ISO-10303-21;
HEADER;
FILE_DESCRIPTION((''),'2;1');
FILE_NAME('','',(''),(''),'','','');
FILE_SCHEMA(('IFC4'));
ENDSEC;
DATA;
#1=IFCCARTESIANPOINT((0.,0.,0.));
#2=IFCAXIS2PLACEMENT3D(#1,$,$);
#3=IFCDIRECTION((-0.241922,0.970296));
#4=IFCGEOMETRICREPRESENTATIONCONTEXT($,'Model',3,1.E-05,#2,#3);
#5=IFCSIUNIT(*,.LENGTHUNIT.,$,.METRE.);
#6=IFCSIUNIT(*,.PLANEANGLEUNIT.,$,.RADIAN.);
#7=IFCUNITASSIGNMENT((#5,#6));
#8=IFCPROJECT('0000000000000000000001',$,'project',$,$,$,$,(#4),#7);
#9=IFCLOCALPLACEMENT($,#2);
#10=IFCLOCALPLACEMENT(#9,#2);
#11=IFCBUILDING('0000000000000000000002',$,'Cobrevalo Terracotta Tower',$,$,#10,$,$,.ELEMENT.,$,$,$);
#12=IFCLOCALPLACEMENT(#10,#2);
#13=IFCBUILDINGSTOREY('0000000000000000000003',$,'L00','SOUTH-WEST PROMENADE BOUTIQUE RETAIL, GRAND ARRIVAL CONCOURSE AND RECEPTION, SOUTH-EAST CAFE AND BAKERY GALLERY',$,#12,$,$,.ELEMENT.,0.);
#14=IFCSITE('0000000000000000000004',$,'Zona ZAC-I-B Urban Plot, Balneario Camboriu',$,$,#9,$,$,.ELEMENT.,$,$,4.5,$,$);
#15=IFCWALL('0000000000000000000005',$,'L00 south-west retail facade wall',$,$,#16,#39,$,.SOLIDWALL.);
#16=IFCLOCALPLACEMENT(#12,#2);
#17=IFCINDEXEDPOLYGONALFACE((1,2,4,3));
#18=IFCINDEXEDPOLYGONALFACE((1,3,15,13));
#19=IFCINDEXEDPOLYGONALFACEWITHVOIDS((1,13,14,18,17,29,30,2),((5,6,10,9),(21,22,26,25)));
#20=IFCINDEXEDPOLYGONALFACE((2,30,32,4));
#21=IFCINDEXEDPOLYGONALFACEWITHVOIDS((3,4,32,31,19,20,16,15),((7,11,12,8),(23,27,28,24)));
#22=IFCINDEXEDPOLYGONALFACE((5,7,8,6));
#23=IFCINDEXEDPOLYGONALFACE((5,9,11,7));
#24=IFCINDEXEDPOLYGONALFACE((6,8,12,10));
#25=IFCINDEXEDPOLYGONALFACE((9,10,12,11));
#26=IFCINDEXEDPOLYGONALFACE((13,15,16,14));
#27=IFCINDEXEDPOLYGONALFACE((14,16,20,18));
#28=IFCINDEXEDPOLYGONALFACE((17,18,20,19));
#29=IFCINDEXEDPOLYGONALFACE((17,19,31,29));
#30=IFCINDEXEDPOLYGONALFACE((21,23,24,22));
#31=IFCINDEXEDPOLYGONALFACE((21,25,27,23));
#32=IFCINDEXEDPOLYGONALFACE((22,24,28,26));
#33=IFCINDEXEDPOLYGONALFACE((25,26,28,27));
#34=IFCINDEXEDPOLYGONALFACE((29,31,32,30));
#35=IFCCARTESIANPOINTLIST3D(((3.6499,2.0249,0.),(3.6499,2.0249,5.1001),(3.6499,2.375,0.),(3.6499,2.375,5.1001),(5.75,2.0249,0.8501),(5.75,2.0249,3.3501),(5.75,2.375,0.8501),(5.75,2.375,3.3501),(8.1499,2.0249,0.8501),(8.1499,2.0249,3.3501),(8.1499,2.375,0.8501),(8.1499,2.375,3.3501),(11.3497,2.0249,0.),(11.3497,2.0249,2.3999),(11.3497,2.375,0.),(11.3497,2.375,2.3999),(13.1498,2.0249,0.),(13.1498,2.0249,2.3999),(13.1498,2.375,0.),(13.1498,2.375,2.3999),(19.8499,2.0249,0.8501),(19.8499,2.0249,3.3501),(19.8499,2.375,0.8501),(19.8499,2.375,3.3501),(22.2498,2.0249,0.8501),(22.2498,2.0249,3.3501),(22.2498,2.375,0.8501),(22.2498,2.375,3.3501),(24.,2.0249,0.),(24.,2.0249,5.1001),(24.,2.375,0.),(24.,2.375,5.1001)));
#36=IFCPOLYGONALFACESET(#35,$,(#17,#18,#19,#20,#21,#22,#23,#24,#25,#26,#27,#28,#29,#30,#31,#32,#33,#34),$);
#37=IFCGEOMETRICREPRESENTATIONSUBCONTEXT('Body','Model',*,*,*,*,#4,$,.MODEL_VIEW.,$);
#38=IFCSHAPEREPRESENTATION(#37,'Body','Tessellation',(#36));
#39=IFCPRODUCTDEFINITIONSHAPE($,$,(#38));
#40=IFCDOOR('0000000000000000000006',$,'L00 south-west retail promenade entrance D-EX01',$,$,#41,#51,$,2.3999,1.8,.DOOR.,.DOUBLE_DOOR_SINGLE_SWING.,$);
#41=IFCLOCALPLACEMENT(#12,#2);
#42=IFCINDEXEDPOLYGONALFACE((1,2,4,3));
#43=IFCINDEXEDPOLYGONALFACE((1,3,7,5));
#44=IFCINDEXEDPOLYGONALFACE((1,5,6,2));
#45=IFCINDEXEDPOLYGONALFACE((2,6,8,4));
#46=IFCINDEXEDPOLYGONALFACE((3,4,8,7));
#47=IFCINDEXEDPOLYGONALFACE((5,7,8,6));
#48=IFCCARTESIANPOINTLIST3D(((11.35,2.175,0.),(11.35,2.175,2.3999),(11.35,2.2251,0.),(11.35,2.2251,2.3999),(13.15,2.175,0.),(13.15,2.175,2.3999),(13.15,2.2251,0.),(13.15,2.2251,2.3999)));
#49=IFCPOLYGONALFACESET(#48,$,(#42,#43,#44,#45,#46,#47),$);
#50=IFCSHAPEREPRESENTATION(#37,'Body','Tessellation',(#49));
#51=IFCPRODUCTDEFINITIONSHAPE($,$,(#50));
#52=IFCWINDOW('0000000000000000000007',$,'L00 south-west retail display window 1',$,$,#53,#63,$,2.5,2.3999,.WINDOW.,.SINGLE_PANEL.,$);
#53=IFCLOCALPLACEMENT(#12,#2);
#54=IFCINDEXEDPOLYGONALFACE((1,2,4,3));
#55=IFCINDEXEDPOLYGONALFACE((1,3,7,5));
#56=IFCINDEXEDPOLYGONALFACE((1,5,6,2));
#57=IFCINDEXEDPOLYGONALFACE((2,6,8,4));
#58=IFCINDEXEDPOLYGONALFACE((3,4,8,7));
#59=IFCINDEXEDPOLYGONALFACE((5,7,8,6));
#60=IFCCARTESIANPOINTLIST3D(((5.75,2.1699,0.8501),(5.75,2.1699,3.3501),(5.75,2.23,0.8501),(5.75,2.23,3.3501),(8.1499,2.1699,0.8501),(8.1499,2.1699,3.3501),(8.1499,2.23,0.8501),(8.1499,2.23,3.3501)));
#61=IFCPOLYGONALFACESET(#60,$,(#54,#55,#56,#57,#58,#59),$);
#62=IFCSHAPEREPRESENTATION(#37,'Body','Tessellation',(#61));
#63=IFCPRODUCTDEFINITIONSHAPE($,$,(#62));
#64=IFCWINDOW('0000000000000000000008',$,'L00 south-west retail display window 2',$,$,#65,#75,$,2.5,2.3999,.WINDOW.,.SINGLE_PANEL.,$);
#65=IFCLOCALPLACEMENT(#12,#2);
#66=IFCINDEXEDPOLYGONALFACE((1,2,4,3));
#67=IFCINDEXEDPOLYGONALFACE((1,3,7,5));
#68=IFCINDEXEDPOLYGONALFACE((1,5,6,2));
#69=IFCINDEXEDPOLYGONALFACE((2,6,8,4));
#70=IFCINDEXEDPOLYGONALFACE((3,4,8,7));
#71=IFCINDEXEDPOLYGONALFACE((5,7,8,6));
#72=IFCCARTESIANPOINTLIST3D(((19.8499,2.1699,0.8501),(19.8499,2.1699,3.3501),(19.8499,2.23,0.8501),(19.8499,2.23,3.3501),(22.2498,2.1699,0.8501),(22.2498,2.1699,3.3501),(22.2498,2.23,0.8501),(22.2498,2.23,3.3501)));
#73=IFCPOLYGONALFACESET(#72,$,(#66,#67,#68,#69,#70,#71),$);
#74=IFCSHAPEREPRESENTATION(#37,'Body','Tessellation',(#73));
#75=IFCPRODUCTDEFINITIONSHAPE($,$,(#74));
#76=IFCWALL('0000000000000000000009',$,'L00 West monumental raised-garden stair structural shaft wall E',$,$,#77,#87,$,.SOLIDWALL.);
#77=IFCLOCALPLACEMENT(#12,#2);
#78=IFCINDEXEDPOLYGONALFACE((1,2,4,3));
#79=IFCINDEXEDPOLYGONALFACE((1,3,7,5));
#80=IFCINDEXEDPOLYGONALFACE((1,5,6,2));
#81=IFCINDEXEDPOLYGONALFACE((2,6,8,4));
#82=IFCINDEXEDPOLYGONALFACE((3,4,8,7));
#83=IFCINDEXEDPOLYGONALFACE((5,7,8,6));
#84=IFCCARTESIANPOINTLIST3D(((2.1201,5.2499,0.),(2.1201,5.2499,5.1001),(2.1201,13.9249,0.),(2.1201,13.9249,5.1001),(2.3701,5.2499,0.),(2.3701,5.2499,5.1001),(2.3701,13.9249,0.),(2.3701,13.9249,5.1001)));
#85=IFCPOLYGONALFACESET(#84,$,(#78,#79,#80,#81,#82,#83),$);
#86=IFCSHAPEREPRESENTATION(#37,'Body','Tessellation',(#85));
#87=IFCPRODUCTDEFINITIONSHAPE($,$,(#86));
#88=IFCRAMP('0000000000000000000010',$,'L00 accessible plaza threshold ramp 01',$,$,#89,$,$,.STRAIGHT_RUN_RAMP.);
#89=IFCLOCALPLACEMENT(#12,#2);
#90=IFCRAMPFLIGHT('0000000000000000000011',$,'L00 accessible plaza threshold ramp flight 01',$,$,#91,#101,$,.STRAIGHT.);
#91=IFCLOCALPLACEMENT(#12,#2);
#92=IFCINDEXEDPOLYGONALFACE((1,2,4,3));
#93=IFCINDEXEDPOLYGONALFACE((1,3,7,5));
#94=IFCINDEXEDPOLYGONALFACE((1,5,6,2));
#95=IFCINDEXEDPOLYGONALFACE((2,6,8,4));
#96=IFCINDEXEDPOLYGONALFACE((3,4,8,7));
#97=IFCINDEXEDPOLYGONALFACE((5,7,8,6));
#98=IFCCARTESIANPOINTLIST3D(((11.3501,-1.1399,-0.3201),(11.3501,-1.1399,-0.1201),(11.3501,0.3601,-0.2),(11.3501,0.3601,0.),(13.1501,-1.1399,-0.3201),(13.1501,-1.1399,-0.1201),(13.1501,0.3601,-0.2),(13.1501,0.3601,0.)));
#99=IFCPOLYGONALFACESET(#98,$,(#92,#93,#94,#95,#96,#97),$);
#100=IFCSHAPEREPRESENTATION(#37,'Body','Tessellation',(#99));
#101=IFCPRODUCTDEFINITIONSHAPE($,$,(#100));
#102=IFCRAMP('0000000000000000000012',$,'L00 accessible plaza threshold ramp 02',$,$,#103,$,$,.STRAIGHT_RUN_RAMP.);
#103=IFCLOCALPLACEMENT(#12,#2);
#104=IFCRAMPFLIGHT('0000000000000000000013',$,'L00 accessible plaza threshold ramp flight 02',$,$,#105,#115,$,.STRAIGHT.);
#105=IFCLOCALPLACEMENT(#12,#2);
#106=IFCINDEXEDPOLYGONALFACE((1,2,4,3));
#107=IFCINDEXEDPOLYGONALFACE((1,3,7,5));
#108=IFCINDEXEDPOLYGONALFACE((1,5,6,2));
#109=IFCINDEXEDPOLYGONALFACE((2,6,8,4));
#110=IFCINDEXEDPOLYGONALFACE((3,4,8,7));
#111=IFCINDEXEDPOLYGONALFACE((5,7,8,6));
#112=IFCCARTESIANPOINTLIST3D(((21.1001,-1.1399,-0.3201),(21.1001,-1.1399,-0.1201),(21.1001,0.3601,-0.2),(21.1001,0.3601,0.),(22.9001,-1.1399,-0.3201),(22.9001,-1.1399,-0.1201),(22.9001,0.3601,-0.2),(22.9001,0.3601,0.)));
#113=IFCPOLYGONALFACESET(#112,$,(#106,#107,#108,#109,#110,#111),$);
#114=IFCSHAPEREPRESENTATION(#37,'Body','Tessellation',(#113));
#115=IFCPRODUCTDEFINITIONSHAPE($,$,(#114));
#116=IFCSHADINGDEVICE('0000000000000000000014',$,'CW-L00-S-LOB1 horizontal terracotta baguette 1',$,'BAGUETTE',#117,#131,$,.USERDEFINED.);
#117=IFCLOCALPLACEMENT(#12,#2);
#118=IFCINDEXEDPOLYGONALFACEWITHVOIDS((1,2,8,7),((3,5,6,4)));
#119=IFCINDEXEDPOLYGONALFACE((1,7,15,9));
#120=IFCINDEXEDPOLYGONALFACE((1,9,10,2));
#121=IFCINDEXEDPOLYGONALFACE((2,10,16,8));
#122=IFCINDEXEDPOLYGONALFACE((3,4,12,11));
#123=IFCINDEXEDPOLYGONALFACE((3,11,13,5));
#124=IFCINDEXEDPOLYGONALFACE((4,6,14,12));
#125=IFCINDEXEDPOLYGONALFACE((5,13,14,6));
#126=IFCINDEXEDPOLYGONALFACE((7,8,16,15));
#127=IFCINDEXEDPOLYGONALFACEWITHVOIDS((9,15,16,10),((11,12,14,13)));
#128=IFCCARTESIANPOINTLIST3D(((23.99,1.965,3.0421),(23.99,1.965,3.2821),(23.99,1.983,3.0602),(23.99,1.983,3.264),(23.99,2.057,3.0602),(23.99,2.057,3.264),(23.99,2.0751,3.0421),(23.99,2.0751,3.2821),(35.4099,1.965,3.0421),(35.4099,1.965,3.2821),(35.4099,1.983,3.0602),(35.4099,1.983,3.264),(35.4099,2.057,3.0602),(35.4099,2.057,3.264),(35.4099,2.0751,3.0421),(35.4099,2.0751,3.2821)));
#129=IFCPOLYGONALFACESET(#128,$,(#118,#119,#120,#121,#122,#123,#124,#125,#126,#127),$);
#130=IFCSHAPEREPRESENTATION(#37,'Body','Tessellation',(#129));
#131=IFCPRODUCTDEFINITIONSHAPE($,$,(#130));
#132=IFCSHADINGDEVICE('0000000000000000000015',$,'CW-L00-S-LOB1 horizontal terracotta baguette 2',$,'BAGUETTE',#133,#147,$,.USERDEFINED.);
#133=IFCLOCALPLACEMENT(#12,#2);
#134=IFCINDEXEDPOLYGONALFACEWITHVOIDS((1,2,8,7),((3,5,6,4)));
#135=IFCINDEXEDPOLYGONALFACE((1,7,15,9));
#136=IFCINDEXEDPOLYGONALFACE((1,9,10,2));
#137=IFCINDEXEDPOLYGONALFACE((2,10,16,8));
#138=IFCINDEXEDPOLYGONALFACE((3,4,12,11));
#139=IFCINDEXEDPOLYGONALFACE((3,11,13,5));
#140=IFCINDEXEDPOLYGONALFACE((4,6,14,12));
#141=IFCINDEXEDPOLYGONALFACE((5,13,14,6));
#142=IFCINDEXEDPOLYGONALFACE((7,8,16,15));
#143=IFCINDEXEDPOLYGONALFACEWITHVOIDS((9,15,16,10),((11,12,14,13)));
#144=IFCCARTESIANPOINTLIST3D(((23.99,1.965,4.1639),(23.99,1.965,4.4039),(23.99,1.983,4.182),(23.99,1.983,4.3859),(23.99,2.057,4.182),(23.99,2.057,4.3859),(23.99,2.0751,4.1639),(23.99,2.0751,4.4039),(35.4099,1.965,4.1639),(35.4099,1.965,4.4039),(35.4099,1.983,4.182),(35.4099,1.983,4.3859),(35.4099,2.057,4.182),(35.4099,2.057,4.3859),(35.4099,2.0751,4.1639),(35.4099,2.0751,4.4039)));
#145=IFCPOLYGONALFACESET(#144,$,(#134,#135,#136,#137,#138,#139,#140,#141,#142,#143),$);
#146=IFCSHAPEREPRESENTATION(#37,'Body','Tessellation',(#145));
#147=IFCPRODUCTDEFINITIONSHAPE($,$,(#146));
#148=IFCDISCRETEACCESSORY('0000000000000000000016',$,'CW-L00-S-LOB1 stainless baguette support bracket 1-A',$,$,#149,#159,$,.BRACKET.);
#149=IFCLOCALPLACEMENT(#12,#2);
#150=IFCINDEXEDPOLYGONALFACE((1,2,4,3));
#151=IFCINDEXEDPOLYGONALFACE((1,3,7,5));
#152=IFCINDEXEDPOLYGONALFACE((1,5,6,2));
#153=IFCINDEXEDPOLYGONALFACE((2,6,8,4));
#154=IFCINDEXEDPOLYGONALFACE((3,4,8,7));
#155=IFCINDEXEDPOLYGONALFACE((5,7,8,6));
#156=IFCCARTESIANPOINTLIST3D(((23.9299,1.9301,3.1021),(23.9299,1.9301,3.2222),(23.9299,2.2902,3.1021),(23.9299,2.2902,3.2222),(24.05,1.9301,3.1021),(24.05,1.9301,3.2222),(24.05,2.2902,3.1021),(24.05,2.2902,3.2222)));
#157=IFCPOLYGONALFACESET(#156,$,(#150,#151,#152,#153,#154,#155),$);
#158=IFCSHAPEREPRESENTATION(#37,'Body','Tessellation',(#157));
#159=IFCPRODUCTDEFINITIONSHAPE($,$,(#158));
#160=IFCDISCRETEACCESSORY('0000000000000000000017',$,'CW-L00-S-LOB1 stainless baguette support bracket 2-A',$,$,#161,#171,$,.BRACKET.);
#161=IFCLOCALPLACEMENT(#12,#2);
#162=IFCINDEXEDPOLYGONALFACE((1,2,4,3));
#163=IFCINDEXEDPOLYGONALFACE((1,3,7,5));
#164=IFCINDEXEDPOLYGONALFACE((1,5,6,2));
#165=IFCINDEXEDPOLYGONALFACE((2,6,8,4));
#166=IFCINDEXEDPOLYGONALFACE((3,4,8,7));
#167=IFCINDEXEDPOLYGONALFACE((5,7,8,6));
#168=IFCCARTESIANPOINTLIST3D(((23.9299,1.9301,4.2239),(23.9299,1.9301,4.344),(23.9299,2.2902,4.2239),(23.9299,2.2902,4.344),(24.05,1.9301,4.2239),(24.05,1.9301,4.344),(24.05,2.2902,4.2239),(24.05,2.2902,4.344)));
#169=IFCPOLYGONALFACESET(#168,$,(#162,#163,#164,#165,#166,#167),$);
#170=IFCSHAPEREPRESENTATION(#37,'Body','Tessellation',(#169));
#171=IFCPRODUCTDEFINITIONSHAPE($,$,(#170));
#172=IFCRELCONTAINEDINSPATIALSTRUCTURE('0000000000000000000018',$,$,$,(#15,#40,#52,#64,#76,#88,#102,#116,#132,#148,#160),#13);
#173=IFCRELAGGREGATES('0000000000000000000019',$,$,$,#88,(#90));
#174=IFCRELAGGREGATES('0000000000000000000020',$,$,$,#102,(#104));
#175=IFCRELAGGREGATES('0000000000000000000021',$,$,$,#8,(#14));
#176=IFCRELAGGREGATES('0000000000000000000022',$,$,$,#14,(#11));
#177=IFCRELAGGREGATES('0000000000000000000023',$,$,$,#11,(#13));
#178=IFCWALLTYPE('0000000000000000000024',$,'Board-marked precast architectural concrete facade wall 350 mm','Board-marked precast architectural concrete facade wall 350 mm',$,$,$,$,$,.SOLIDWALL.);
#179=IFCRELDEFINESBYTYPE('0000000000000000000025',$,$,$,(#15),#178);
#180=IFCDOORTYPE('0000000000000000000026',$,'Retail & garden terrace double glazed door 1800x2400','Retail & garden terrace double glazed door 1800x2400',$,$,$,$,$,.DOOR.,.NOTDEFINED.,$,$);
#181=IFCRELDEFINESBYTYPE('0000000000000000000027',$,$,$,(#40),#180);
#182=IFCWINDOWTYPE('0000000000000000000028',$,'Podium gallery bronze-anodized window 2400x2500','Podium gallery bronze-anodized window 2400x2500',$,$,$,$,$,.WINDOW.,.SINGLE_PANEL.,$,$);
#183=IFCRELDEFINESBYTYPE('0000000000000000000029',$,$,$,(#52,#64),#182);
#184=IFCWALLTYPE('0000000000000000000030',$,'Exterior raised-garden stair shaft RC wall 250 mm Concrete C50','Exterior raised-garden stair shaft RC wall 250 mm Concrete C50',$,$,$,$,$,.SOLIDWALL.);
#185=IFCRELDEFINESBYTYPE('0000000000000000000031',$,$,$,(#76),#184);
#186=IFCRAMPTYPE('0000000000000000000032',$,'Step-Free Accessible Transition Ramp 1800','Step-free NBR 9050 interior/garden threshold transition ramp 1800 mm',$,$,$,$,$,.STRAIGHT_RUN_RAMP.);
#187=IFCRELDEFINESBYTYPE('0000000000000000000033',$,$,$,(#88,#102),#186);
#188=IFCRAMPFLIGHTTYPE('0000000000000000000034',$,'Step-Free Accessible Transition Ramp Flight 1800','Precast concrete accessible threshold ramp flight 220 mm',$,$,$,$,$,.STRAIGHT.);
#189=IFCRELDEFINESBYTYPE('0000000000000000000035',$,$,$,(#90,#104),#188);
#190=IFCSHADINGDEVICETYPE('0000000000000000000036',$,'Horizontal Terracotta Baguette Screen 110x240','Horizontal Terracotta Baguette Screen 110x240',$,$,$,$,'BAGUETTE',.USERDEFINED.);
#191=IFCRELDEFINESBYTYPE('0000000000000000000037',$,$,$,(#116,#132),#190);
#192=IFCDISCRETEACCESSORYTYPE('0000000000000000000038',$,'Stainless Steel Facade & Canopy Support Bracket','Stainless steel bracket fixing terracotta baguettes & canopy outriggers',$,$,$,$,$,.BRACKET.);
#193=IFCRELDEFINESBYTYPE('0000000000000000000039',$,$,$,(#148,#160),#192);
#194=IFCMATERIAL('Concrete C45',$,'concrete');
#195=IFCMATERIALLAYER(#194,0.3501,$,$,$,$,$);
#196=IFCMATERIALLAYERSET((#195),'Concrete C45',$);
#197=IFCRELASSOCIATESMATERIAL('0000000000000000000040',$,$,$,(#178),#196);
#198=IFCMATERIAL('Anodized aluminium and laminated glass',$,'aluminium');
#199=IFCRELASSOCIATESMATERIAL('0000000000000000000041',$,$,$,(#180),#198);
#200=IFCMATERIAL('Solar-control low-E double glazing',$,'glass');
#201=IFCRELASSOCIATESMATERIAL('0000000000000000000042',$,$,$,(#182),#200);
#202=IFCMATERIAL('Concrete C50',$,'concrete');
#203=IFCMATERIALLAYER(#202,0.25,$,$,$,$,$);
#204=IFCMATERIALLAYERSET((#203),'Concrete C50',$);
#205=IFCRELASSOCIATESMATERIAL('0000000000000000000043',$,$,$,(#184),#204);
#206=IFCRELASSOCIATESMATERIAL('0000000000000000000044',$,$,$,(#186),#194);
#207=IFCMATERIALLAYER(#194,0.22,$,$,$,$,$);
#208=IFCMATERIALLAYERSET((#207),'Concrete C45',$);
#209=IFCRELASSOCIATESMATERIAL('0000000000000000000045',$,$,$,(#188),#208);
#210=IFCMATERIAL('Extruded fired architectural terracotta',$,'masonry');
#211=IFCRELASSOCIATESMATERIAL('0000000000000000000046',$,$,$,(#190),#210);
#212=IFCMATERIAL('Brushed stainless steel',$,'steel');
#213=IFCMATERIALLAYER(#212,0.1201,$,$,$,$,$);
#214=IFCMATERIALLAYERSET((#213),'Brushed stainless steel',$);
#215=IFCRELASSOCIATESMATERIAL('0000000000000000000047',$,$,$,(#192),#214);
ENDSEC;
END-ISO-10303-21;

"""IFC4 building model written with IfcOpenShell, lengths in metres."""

from ifc_helpers import new_model, si_unit, direction, frame, frame_2d, origin, origin_2d, place, context, subcontext, project, spatial, polyline, rectangle, hollow_rectangle, outline, extrude, source, transform, mapped, material, layer, layer_set, material_profile, profile_set, type_object, element, fill, aggregate, save


model = new_model("IFC4")

# Units and contexts
model_context = context("Model", 3, precision=1e-05, world=origin(), true_north=direction((-0.241922, 0.970296)))
body_context = subcontext(model_context, "Body", "Model", "MODEL_VIEW")
ifc_project = project(units=[si_unit("LENGTHUNIT", "METRE"), si_unit("PLANEANGLEUNIT", "RADIAN")], contexts=[model_context])

# Site, building, storey
site_placement = place(None, origin())
site = spatial("IfcSite", under=ifc_project, at=site_placement, Name="Zona ZAC-I-B Urban Plot, Balneario Camboriu", CompositionType="ELEMENT", RefElevation=4.5)
building_placement = place(site_placement, origin())
building = spatial("IfcBuilding", under=site, at=building_placement, Name="Cobrevalo Terracotta Tower", CompositionType="ELEMENT")
storey_placement = place(building_placement, origin())
storey = spatial("IfcBuildingStorey", under=building, at=storey_placement, Name="L00", Description="SOUTH-WEST PROMENADE BOUTIQUE RETAIL, GRAND ARRIVAL CONCOURSE AND RECEPTION, SOUTH-EAST CAFE AND BAKERY GALLERY", CompositionType="ELEMENT", Elevation=0.0)

# Shared definitions
ifc_material_1 = material(Name="Concrete C50", Category="concrete")

# Wall, openings, door, windows
ifc_material_2 = material(Name="Concrete C45", Category="concrete")
ifc_layer_1 = layer(ifc_material_2, 0.3501)
ifc_layer_set_1 = layer_set([ifc_layer_1], Name="Concrete C45")
wall_type_1 = type_object("IfcWallType", Name="Board-marked precast architectural concrete facade wall 350 mm", Description="Board-marked precast architectural concrete facade wall 350 mm", PredefinedType="SOLIDWALL", material=ifc_layer_set_1)
wall_1_placement = place(storey_placement, frame((3.6499, 2.2, 0.0), z_axis=(0.0, 0.0, 1.0), x_axis=(1.0, 0.0, 0.0)))
wall_1 = element("IfcWall", 1, at=wall_1_placement, inside=storey, type_object=wall_type_1, Name="L00 south-west retail facade wall", PredefinedType="SOLIDWALL", context=body_context, shape_type="SweptSolid", body=[
    extrude(rectangle(XDim=20.3501, YDim=0.3501, at=frame_2d((10.175, 0.0))), origin(), (0.0, 0.0, 1.0), 5.1001),
])
opening_1_placement = place(wall_1_placement, frame((7.7, 0.0, 0.0)))
opening_1 = element("IfcOpeningElement", 2, at=opening_1_placement, cuts=wall_1, PredefinedType="OPENING", context=body_context, shape_type="SweptSolid", body=[
    extrude(rectangle(XDim=1.8, YDim=2.3999, at=frame_2d((0.8999, 1.2))), frame((0.0, 0.1851, 0.0), z_axis=(0.0, -1.0, 0.0), x_axis=(1.0, 0.0, 0.0)), (0.0, 0.0, 1.0), 0.3701),
])
opening_2_placement = place(wall_1_placement, frame((2.1001, 0.0, 0.8501)))
opening_2 = element("IfcOpeningElement", 3, at=opening_2_placement, cuts=wall_1, PredefinedType="OPENING", context=body_context, shape_type="SweptSolid", body=[
    extrude(rectangle(XDim=2.3999, YDim=2.5, at=frame_2d((1.2, 1.25))), frame((0.0, 0.1851, 0.0), z_axis=(0.0, -1.0, 0.0), x_axis=(1.0, 0.0, 0.0)), (0.0, 0.0, 1.0), 0.3701),
])
opening_3_placement = place(wall_1_placement, frame((16.2, 0.0, 0.8501)))
opening_3 = element("IfcOpeningElement", 4, at=opening_3_placement, cuts=wall_1, PredefinedType="OPENING", context=body_context, shape_type="SweptSolid", body=[
    extrude(rectangle(XDim=2.3999, YDim=2.5, at=frame_2d((1.2, 1.25))), frame((0.0, 0.1851, 0.0), z_axis=(0.0, -1.0, 0.0), x_axis=(1.0, 0.0, 0.0)), (0.0, 0.0, 1.0), 0.3701),
])
ifc_material_3 = material(Name="Anodized aluminium and laminated glass", Category="aluminium")
door_type = type_object("IfcDoorType", Name="Retail & garden terrace double glazed door 1800x2400", Description="Retail & garden terrace double glazed door 1800x2400", OperationType="NOTDEFINED", PredefinedType="DOOR", material=ifc_material_3)
shared_shape_1 = source(origin(), body_context, "Body", "SweptSolid", [
    extrude(rectangle(XDim=1.8, YDim=2.3999, at=frame_2d((0.8999, 1.2))), frame((0.0, 0.0249, 0.0), z_axis=(0.0, -1.0, 0.0), x_axis=(1.0, 0.0, 0.0)), (0.0, 0.0, 1.0), 0.05),
])
door_placement = place(opening_1_placement, frame((1.8, 0.0, 0.0), z_axis=(0.0, 0.0, 1.0), x_axis=(-1.0, 0.0, 0.0)))
door = element("IfcDoor", 5, at=door_placement, inside=storey, type_object=door_type, Name="L00 south-west retail promenade entrance D-EX01", OperationType="DOUBLE_DOOR_SINGLE_SWING", OverallHeight=2.3999, OverallWidth=1.8, PredefinedType="DOOR", context=body_context, shape_type="MappedRepresentation", body=[
    mapped(shared_shape_1, transform((0.0, 0.0, 0.0), scale=1.0)),
])
fill(opening_1, door)
ifc_material_4 = material(Name="Solar-control low-E double glazing", Category="glass")
window_type = type_object("IfcWindowType", Name="Podium gallery bronze-anodized window 2400x2500", Description="Podium gallery bronze-anodized window 2400x2500", PartitioningType="SINGLE_PANEL", PredefinedType="WINDOW", material=ifc_material_4)
shared_shape_2 = source(origin(), body_context, "Body", "SweptSolid", [
    extrude(rectangle(XDim=2.3999, YDim=2.5, at=frame_2d((1.2, 1.25))), frame((0.0, 0.03, 0.0), z_axis=(0.0, -1.0, 0.0), x_axis=(1.0, 0.0, 0.0)), (0.0, 0.0, 1.0), 0.0601),
])
window_1_placement = place(opening_2_placement, origin())
window_1 = element("IfcWindow", 6, at=window_1_placement, inside=storey, type_object=window_type, Name="L00 south-west retail display window 1", OverallHeight=2.5, OverallWidth=2.3999, PartitioningType="SINGLE_PANEL", PredefinedType="WINDOW", context=body_context, shape_type="MappedRepresentation", body=[
    mapped(shared_shape_2, transform((0.0, 0.0, 0.0), scale=1.0)),
])
fill(opening_2, window_1)
window_2_placement = place(opening_3_placement, origin())
window_2 = element("IfcWindow", 7, at=window_2_placement, inside=storey, type_object=window_type, Name="L00 south-west retail display window 2", OverallHeight=2.5, OverallWidth=2.3999, PartitioningType="SINGLE_PANEL", PredefinedType="WINDOW", context=body_context, shape_type="MappedRepresentation", body=[
    mapped(shared_shape_2, transform((0.0, 0.0, 0.0), scale=1.0)),
])
fill(opening_3, window_2)

# Wall
ifc_layer_2 = layer(ifc_material_1, 0.25)
ifc_layer_set_2 = layer_set([ifc_layer_2], Name="Concrete C50")
wall_type_2 = type_object("IfcWallType", Name="Exterior raised-garden stair shaft RC wall 250 mm Concrete C50", Description="Exterior raised-garden stair shaft RC wall 250 mm Concrete C50", PredefinedType="SOLIDWALL", material=ifc_layer_set_2)
wall_2_placement = place(storey_placement, frame((2.2451, 5.25, 0.0), z_axis=(0.0, 0.0, 1.0), x_axis=(0.0, 1.0, 0.0)))
element("IfcWall", 8, at=wall_2_placement, inside=storey, type_object=wall_type_2, Name="L00 West monumental raised-garden stair structural shaft wall E", PredefinedType="SOLIDWALL", context=body_context, shape_type="SweptSolid", body=[
    extrude(rectangle(XDim=8.675, YDim=0.25, at=frame_2d((4.3374, 0.0))), origin(), (0.0, 0.0, 1.0), 5.1001),
])

# Ramps, ramp flights
ramp_type = type_object("IfcRampType", Name="Step-Free Accessible Transition Ramp 1800", Description="Step-free NBR 9050 interior/garden threshold transition ramp 1800 mm", PredefinedType="STRAIGHT_RUN_RAMP", material=ifc_material_2)
ramp_1_placement = place(storey_placement, origin())
ramp_1 = element("IfcRamp", 9, at=ramp_1_placement, inside=storey, type_object=ramp_type, Name="L00 accessible plaza threshold ramp 01", PredefinedType="STRAIGHT_RUN_RAMP")
ifc_layer_3 = layer(ifc_material_2, 0.22)
ifc_layer_set_3 = layer_set([ifc_layer_3], Name="Concrete C45")
ramp_flight_type = type_object("IfcRampFlightType", Name="Step-Free Accessible Transition Ramp Flight 1800", Description="Precast concrete accessible threshold ramp flight 220 mm", PredefinedType="STRAIGHT", material=ifc_layer_set_3)
ramp_flight_1_placement = place(storey_placement, frame((12.25, -1.1399, -0.1201), z_axis=(0.0, 0.0, 1.0), x_axis=(0.0, 1.0, 0.0)))
ramp_flight_1 = element("IfcRampFlight", 10, at=ramp_flight_1_placement, type_object=ramp_flight_type, Name="L00 accessible plaza threshold ramp flight 01", PredefinedType="STRAIGHT", context=body_context, shape_type="SweptSolid", body=[
    extrude(outline(polyline([(0.0, -0.2), (1.5, -0.0798), (1.5, 0.1201), (0.0, 0.0), (0.0, -0.2)])), frame((0.0, 0.8999, 0.0), z_axis=(0.0, -1.0, 0.0), x_axis=(1.0, 0.0, 0.0)), (0.0, 0.0, 1.0), 1.8),
])
aggregate(ramp_1, [ramp_flight_1])
ramp_2_placement = place(storey_placement, origin())
ramp_2 = element("IfcRamp", 11, at=ramp_2_placement, inside=storey, type_object=ramp_type, Name="L00 accessible plaza threshold ramp 02", PredefinedType="STRAIGHT_RUN_RAMP")
ramp_flight_2_placement = place(storey_placement, frame((22.0, -1.1399, -0.1201), z_axis=(0.0, 0.0, 1.0), x_axis=(0.0, 1.0, 0.0)))
ramp_flight_2 = element("IfcRampFlight", 12, at=ramp_flight_2_placement, type_object=ramp_flight_type, Name="L00 accessible plaza threshold ramp flight 02", PredefinedType="STRAIGHT", context=body_context, shape_type="SweptSolid", body=[
    extrude(outline(polyline([(0.0, -0.2), (1.5, -0.0798), (1.5, 0.1201), (0.0, 0.0), (0.0, -0.2)])), frame((0.0, 0.8999, 0.0), z_axis=(0.0, -1.0, 0.0), x_axis=(1.0, 0.0, 0.0)), (0.0, 0.0, 1.0), 1.8),
])
aggregate(ramp_2, [ramp_flight_2])

# Shading devices
ifc_material_5 = material(Name="Extruded fired architectural terracotta", Category="masonry")
ifc_material_profile_1 = material_profile(ifc_material_5, hollow_rectangle(XDim=0.1101, YDim=0.24, WallThickness=0.0181, at=origin_2d()), Name="BAGUETTE 110x240")
ifc_profile_set_1 = profile_set([ifc_material_profile_1], Name="Extruded fired architectural terracotta")
shading_device_type = type_object("IfcShadingDeviceType", Name="Horizontal Terracotta Baguette Screen 110x240", Description="Horizontal Terracotta Baguette Screen 110x240", ElementType="BAGUETTE", PredefinedType="USERDEFINED", material=ifc_profile_set_1)
shared_shape_3 = source(origin(), body_context, "Body", "SweptSolid", [
    extrude(hollow_rectangle(XDim=0.1101, YDim=0.24, WallThickness=0.0181, at=origin_2d()), origin(), (0.0, 0.0, 1.0), 11.4199),
])
for number, where, z_axis, x_axis, name in (
    (13, (23.99, 2.02, 3.1621), (1.0, 0.0, 0.0), (0.0, 1.0, 0.0), "CW-L00-S-LOB1 horizontal terracotta baguette 1"),
    (14, (23.99, 2.02, 4.2839), (1.0, 0.0, 0.0), (0.0, 1.0, 0.0), "CW-L00-S-LOB1 horizontal terracotta baguette 2"),
):
    element("IfcShadingDevice", number, at=place(storey_placement, frame(where, z_axis=z_axis, x_axis=x_axis)), inside=storey, type_object=shading_device_type, Name=name, ObjectType="BAGUETTE", PredefinedType="USERDEFINED", context=body_context, shape_type="MappedRepresentation", body=[
        mapped(shared_shape_3, transform((0.0, 0.0, 0.0), scale=1.0)),
    ])

# Discrete accessories
ifc_material_6 = material(Name="Brushed stainless steel", Category="steel")
ifc_layer_4 = layer(ifc_material_6, 0.1201)
ifc_layer_set_4 = layer_set([ifc_layer_4], Name="Brushed stainless steel")
discrete_accessory_type = type_object("IfcDiscreteAccessoryType", Name="Stainless Steel Facade & Canopy Support Bracket", Description="Stainless steel bracket fixing terracotta baguettes & canopy outriggers", PredefinedType="BRACKET", material=ifc_layer_set_4)
shared_shape_4 = source(origin(), body_context, "Body", "SweptSolid", [
    extrude(rectangle(XDim=0.1201, YDim=0.3601, at=origin_2d()), origin(), (0.0, 0.0, 1.0), 0.1201),
])
for number, where, z_axis, x_axis, name in (
    (15, (23.99, 2.1101, 3.1021), (0.0, 0.0, 1.0), (1.0, 0.0, 0.0), "CW-L00-S-LOB1 stainless baguette support bracket 1-A"),
    (16, (23.99, 2.1101, 4.2239), (0.0, 0.0, 1.0), (1.0, 0.0, 0.0), "CW-L00-S-LOB1 stainless baguette support bracket 2-A"),
):
    element("IfcDiscreteAccessory", number, at=place(storey_placement, frame(where, z_axis=z_axis, x_axis=x_axis)), inside=storey, type_object=discrete_accessory_type, Name=name, PredefinedType="BRACKET", context=body_context, shape_type="MappedRepresentation", body=[
        mapped(shared_shape_4, transform((0.0, 0.0, 0.0), scale=1.0)),
    ])

save(model, "model.ifc")
